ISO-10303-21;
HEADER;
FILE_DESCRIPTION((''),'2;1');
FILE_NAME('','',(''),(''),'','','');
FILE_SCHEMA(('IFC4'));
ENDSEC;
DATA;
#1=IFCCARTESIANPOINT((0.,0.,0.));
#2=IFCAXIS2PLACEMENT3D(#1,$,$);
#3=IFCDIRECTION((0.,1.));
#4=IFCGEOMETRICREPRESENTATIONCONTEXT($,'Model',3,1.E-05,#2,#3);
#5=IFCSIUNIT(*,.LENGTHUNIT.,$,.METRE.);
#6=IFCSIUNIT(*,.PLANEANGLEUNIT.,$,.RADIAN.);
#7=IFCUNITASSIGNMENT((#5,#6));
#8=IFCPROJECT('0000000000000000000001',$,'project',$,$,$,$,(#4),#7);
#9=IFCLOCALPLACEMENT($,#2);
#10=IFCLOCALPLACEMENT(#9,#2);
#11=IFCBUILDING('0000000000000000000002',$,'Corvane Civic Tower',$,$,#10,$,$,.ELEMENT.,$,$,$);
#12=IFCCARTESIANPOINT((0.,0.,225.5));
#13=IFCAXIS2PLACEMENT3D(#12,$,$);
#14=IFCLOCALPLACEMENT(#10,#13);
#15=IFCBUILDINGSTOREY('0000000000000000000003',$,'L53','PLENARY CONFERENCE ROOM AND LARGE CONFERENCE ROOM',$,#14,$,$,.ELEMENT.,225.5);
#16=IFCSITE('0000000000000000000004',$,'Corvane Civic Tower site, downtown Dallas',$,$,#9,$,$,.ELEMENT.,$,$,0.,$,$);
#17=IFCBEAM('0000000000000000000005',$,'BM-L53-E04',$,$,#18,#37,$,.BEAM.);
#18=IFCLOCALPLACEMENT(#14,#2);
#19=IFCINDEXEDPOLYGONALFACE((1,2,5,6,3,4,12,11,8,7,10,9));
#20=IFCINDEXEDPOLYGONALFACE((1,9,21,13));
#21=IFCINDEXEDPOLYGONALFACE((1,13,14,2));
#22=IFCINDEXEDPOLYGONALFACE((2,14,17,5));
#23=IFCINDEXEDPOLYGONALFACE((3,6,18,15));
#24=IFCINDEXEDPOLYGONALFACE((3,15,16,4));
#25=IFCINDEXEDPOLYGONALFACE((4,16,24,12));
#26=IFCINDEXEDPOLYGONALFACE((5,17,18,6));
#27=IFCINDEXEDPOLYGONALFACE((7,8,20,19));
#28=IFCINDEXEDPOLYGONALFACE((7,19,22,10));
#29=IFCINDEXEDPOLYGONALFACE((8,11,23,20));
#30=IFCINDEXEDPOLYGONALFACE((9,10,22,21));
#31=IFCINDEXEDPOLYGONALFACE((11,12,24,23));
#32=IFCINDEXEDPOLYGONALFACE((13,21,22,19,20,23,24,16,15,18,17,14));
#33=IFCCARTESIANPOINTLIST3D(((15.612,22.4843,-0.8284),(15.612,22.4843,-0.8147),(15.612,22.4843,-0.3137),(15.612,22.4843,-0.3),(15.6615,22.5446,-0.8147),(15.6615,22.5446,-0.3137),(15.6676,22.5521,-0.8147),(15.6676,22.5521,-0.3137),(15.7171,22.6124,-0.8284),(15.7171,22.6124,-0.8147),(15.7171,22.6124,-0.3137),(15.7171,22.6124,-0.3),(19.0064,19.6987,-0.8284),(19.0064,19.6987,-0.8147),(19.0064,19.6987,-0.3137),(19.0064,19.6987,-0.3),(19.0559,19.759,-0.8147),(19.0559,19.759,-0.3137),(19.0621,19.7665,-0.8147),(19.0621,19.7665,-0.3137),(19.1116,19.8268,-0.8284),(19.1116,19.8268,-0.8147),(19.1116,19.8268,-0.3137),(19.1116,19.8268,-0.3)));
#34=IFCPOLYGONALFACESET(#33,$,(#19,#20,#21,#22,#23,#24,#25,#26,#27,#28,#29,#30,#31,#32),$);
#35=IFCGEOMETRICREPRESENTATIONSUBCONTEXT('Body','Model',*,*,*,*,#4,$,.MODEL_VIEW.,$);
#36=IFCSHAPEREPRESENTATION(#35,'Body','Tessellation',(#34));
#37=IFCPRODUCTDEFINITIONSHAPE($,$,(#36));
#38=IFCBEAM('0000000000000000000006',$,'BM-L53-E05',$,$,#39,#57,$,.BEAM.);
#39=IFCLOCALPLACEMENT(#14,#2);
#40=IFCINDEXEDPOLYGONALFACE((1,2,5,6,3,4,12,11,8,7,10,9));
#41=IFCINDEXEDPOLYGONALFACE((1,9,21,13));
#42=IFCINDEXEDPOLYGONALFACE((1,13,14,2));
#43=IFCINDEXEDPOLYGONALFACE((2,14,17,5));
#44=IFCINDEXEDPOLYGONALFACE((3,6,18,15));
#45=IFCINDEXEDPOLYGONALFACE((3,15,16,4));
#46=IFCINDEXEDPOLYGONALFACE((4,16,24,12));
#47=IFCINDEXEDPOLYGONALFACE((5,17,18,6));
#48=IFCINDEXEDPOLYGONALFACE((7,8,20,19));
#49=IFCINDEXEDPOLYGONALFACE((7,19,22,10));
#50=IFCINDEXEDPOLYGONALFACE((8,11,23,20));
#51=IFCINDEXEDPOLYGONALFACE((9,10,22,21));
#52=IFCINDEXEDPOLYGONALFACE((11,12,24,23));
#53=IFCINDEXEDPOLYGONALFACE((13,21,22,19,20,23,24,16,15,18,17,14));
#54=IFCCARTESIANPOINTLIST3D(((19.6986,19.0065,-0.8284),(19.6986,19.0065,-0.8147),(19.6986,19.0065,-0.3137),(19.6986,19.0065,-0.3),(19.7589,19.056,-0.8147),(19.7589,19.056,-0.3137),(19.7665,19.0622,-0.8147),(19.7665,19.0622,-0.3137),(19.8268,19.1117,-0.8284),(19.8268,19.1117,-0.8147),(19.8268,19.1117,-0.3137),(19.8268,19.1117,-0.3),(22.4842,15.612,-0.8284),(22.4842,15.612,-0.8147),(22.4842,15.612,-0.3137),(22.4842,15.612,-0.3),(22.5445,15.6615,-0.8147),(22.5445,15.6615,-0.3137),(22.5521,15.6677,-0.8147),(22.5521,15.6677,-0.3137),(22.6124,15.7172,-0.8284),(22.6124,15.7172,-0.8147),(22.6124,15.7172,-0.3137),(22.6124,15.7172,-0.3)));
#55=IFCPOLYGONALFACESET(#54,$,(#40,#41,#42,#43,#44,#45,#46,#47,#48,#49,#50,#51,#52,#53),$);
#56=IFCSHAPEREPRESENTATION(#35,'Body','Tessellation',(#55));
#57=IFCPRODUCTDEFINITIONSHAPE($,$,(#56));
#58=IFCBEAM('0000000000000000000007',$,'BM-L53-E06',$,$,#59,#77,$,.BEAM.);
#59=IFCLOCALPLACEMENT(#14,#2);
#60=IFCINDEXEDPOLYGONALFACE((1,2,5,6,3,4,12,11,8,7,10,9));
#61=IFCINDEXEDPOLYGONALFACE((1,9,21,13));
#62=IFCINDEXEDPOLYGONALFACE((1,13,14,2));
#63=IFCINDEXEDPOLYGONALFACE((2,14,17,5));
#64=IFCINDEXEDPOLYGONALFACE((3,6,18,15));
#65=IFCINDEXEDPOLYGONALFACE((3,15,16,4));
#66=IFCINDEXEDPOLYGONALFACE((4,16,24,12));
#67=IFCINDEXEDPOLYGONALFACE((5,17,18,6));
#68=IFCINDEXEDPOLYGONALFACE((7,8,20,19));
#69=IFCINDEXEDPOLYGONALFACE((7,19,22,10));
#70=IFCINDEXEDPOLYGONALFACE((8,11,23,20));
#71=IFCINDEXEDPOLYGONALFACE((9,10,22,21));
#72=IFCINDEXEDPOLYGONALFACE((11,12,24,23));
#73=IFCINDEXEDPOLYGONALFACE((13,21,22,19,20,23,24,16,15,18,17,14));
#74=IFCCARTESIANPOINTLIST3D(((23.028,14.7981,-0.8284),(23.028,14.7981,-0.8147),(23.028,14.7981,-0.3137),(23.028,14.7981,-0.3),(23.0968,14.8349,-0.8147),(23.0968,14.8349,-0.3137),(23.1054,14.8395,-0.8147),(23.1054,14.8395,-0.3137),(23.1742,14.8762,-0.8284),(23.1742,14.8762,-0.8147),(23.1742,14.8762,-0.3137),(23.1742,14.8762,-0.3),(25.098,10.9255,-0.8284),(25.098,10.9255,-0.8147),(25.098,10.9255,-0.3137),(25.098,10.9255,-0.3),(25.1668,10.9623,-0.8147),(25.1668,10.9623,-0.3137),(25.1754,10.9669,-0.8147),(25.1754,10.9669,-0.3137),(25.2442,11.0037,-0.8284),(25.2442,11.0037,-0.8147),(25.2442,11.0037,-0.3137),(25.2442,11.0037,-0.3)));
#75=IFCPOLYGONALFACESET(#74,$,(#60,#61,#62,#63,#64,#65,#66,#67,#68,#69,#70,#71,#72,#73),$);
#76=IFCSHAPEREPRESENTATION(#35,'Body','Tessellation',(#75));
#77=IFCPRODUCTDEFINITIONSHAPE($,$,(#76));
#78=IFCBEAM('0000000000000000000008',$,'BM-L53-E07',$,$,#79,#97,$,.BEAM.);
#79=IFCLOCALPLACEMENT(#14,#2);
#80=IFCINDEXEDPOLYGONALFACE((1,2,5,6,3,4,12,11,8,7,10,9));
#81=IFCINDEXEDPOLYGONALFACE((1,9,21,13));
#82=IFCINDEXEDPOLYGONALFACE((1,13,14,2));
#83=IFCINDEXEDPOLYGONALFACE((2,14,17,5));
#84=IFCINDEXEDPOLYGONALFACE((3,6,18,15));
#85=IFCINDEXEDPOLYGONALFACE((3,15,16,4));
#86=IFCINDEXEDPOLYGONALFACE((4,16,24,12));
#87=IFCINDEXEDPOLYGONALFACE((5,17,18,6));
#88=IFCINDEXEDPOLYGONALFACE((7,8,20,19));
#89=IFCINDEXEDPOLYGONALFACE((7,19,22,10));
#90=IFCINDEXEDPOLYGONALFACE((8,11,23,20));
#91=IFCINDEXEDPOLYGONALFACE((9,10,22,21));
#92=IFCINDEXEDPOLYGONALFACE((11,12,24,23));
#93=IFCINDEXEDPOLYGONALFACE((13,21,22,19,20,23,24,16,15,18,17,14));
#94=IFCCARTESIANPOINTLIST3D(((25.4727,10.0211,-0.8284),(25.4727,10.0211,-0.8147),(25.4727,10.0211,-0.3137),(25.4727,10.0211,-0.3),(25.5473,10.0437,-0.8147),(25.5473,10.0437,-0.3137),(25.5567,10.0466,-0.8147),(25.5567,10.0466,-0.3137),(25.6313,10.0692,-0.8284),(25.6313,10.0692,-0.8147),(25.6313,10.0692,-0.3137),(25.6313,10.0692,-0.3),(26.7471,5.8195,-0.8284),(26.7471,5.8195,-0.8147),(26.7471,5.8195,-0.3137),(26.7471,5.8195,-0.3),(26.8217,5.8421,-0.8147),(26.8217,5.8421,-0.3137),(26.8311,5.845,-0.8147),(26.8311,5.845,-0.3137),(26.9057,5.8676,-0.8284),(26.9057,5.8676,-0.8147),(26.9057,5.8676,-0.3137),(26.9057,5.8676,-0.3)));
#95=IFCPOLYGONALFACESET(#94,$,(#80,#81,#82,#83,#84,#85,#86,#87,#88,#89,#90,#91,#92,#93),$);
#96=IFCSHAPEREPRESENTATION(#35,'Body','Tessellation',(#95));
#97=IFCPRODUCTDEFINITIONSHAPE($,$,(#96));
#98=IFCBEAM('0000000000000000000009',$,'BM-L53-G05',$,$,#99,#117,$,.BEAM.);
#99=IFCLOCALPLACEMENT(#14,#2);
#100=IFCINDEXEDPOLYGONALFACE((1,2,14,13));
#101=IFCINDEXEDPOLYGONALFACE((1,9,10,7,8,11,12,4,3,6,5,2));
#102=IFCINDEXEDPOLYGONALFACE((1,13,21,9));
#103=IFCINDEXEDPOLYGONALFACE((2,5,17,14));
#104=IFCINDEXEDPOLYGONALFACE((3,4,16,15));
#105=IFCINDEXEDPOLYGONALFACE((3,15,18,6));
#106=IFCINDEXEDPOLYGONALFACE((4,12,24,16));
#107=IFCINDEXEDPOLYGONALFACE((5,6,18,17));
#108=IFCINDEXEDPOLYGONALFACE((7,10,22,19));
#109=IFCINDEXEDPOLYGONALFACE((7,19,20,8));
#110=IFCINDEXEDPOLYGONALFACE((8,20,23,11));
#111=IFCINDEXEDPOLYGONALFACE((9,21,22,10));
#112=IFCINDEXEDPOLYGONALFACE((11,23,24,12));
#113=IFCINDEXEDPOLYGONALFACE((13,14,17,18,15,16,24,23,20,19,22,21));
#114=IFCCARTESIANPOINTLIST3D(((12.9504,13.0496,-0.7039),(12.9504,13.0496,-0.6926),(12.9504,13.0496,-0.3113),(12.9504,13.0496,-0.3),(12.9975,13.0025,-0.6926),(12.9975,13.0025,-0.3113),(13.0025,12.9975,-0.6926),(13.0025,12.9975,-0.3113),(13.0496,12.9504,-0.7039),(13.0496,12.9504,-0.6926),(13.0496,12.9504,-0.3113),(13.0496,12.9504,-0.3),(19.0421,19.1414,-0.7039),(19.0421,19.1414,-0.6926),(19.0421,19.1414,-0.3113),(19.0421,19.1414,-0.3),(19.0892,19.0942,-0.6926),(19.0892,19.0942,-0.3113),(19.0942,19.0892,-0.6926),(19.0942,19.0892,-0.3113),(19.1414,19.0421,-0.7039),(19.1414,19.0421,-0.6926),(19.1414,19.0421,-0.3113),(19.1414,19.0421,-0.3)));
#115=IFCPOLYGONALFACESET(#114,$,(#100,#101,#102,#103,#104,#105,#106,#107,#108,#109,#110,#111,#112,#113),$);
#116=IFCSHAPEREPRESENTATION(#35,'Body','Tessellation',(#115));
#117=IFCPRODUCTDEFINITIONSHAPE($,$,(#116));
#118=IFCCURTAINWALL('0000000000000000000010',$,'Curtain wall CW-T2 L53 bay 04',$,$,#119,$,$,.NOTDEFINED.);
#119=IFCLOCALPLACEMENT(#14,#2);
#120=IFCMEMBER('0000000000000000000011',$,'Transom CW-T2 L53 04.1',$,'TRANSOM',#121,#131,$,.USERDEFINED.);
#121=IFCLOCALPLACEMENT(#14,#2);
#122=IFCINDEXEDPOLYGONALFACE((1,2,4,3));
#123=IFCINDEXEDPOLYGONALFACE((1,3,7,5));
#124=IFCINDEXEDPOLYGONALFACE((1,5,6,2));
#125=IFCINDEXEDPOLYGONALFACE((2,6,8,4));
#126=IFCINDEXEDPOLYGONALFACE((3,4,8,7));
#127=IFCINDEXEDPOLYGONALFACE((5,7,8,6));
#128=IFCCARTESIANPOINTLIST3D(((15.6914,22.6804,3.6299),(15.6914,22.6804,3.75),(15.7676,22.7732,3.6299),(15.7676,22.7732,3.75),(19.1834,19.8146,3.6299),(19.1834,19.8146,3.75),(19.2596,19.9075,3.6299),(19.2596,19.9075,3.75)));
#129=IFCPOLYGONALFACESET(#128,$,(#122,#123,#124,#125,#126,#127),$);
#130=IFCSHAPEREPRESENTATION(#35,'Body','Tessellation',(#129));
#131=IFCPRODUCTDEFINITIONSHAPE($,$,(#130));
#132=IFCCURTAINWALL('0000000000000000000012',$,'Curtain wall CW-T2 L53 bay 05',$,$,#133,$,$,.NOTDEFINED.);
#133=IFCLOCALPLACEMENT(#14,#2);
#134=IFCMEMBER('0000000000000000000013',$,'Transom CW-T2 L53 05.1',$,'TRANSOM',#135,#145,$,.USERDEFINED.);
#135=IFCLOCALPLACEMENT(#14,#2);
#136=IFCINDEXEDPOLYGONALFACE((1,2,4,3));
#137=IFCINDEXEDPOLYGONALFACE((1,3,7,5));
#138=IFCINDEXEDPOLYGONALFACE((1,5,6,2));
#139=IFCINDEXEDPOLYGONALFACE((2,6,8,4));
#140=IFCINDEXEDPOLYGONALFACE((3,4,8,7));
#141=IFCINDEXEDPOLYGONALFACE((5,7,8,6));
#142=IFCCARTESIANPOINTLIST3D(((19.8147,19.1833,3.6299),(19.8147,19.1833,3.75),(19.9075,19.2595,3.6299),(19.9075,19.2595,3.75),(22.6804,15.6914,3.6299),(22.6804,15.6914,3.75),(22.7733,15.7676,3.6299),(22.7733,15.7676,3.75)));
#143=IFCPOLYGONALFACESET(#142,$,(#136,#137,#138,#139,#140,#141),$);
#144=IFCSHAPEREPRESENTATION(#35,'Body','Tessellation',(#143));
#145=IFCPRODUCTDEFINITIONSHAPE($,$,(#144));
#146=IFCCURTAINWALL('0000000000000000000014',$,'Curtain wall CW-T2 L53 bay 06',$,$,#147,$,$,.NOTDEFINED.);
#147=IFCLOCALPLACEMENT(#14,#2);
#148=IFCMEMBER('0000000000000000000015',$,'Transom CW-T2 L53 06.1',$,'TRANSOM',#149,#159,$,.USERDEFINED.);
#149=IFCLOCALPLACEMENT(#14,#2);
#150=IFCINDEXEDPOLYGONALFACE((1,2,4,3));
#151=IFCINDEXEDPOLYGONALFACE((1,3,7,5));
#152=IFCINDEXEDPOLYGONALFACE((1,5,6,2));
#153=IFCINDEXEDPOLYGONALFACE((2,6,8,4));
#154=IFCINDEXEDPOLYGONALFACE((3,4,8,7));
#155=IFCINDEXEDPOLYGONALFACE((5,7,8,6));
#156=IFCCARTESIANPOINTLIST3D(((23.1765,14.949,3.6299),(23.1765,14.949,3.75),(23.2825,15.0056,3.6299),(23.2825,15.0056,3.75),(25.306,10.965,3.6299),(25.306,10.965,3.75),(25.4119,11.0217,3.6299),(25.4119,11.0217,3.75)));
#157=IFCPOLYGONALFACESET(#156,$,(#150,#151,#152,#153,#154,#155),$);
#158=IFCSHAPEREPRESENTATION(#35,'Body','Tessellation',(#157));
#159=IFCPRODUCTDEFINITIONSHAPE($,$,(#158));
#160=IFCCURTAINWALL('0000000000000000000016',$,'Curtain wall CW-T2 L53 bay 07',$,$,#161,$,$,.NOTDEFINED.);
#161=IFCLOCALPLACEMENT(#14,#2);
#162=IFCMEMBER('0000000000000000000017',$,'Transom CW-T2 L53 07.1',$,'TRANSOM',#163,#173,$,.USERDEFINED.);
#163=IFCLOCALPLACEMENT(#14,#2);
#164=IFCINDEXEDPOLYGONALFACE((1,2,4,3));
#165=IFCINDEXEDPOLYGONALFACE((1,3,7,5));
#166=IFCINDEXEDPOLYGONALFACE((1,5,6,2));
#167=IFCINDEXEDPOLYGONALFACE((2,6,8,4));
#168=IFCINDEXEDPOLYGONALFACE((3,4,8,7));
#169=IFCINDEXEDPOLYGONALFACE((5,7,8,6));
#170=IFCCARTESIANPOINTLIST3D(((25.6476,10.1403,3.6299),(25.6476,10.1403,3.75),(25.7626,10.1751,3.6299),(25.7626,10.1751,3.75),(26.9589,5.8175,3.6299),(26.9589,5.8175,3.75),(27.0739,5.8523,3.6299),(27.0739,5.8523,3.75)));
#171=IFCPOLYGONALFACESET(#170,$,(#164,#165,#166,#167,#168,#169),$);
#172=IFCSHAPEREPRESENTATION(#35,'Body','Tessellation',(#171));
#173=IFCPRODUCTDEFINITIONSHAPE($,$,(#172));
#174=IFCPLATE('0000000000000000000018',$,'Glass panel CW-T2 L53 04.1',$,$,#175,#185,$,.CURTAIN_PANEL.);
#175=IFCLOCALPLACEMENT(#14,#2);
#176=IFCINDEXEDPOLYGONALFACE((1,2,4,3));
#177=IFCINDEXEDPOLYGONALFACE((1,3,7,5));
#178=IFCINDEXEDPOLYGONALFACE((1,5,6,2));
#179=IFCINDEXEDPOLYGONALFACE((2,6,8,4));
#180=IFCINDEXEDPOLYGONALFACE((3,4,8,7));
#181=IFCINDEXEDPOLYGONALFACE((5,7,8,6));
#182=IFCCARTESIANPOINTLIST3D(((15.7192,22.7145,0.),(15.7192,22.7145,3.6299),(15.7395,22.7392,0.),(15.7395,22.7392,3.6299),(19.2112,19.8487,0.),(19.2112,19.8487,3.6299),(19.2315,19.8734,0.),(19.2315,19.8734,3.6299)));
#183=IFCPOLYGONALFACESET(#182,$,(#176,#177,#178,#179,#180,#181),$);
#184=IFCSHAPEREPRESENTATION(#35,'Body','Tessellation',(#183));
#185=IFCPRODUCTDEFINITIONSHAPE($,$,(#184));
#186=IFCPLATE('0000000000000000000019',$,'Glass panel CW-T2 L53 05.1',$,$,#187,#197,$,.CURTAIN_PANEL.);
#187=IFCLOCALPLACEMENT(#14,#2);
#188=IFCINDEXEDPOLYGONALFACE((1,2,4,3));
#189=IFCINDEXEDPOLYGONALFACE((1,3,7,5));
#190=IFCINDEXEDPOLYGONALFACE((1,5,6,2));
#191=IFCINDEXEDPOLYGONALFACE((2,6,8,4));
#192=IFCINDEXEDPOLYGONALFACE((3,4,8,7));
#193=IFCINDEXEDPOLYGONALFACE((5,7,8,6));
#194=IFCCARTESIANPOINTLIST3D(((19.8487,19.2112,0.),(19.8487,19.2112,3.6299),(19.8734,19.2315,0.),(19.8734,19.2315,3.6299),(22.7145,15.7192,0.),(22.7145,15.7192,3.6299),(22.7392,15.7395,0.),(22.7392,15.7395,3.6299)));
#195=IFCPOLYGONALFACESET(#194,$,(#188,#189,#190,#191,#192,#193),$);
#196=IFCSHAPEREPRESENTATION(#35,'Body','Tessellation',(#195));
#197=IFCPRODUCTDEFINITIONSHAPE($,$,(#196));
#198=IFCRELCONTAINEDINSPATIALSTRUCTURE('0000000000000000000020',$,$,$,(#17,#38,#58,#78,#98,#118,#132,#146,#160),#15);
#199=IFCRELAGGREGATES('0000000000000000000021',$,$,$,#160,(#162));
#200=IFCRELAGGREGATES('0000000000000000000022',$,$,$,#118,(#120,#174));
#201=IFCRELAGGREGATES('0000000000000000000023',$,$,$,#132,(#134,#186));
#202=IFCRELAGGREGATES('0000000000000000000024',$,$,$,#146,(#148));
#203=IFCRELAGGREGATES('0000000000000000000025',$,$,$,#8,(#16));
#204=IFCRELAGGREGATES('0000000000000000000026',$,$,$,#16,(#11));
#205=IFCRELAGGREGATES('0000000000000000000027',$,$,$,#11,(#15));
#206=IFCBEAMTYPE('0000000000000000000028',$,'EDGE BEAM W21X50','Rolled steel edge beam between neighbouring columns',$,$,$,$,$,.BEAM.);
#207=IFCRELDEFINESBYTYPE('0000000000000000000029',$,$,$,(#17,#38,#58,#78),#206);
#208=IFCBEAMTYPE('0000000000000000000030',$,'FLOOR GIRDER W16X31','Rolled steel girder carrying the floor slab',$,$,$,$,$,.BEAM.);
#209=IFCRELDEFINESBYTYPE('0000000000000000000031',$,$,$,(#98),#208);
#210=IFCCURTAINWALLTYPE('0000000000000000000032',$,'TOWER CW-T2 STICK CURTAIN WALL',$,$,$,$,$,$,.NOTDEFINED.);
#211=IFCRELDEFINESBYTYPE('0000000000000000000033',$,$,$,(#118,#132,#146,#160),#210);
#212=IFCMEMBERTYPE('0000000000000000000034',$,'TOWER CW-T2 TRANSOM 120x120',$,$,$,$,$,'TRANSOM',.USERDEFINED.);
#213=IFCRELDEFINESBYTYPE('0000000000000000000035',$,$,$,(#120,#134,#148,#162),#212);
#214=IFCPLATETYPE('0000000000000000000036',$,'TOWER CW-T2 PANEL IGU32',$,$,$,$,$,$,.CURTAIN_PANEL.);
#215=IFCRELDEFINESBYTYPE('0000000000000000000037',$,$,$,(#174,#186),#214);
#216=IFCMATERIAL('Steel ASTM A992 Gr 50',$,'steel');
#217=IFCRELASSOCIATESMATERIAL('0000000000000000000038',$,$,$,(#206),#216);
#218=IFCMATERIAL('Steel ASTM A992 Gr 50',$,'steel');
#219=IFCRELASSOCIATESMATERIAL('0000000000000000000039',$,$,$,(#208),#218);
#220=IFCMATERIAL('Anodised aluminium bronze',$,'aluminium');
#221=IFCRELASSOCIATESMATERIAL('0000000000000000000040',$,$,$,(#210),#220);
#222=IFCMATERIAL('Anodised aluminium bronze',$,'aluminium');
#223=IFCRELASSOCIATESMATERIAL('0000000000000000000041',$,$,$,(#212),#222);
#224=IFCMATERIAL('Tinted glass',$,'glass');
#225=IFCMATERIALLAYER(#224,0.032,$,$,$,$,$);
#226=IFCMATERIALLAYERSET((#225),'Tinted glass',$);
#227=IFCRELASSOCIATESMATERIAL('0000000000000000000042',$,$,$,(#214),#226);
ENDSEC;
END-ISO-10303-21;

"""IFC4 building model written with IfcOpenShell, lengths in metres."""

from ifc_helpers import new_model, si_unit, direction, frame, origin, origin_2d, place, context, subcontext, project, spatial, rectangle, i_section, extrude, material, layer, layer_set, material_profile, profile_set, type_object, element, aggregate, save


model = new_model("IFC4")

# Units and contexts
model_context = context("Model", 3, precision=1e-05, world=origin(), true_north=direction((0.0, 1.0)))
body_context = subcontext(model_context, "Body", "Model", "MODEL_VIEW")
ifc_project = project(units=[si_unit("LENGTHUNIT", "METRE"), si_unit("PLANEANGLEUNIT", "RADIAN")], contexts=[model_context])

# Site, building, storey
site_placement = place(None, origin())
site = spatial("IfcSite", under=ifc_project, at=site_placement, Name="Corvane Civic Tower site, downtown Dallas", CompositionType="ELEMENT", RefElevation=0.0)
building_placement = place(site_placement, origin())
building = spatial("IfcBuilding", under=site, at=building_placement, Name="Corvane Civic Tower", CompositionType="ELEMENT")
storey_placement = place(building_placement, frame((0.0, 0.0, 225.5)))
storey = spatial("IfcBuildingStorey", under=building, at=storey_placement, Name="L53", Description="PLENARY CONFERENCE ROOM AND LARGE CONFERENCE ROOM", CompositionType="ELEMENT", Elevation=225.5)

# Beams
ifc_material_1 = material(Name="Steel ASTM A992 Gr 50", Category="steel")
ifc_material_profile_1 = material_profile(ifc_material_1, i_section(OverallWidth=0.1658, OverallDepth=0.5283, WebThickness=0.0098, FlangeThickness=0.0137, at=origin_2d()), Name="W21X50")
ifc_profile_set_1 = profile_set([ifc_material_profile_1], Name="Steel ASTM A992 Gr 50")
beam_type_1 = type_object("IfcBeamType", Name="EDGE BEAM W21X50", Description="Rolled steel edge beam between neighbouring columns", PredefinedType="BEAM", material=ifc_profile_set_1)
for number, where, z_axis, x_axis, name in (
    (1, (15.6646, 22.5483, -0.5642), (0.77303, -0.634369, 0.0), (0.634369, 0.77303, 0.0), "BM-L53-E04"),
    (2, (19.7627, 19.0591, -0.5642), (0.634369, -0.77303, 0.0), (0.77303, 0.634369, 0.0), "BM-L53-E05"),
    (3, (23.1011, 14.8372, -0.5642), (0.471422, -0.881908, 0.0), (0.881908, 0.471422, 0.0), "BM-L53-E06"),
):
    element("IfcBeam", number, at=place(storey_placement, frame(where, z_axis=z_axis, x_axis=x_axis)), inside=storey, type_object=beam_type_1, Name=name, PredefinedType="BEAM", context=body_context, shape_type="SweptSolid", body=[
        extrude(i_section(OverallWidth=0.1658, OverallDepth=0.5283, WebThickness=0.0098, FlangeThickness=0.0137, at=origin_2d()), origin(), (0.0, 0.0, 1.0), 4.3911),
    ])
beam_1_placement = place(storey_placement, frame((25.552, 10.0452, -0.5642), z_axis=(0.290254, -0.95695, 0.0), x_axis=(0.95695, 0.290254, 0.0)))
element("IfcBeam", 4, at=beam_1_placement, inside=storey, type_object=beam_type_1, Name="BM-L53-E07", PredefinedType="BEAM", context=body_context, shape_type="SweptSolid", body=[
    extrude(i_section(OverallWidth=0.1658, OverallDepth=0.5283, WebThickness=0.0098, FlangeThickness=0.0137, at=origin_2d()), origin(), (0.0, 0.0, 1.0), 4.3906),
])
ifc_material_2 = material(Name="Steel ASTM A992 Gr 50", Category="steel")
ifc_material_profile_2 = material_profile(ifc_material_2, i_section(OverallWidth=0.1404, OverallDepth=0.4038, WebThickness=0.0071, FlangeThickness=0.0112, at=origin_2d()), Name="W16X31")
ifc_profile_set_2 = profile_set([ifc_material_profile_2], Name="Steel ASTM A992 Gr 50")
beam_type_2 = type_object("IfcBeamType", Name="FLOOR GIRDER W16X31", Description="Rolled steel girder carrying the floor slab", PredefinedType="BEAM", material=ifc_profile_set_2)
beam_2_placement = place(storey_placement, frame((13.0, 13.0, -0.502), z_axis=(0.707107, 0.707107, 0.0), x_axis=(-0.707107, 0.707107, 0.0)))
element("IfcBeam", 5, at=beam_2_placement, inside=storey, type_object=beam_type_2, Name="BM-L53-G05", PredefinedType="BEAM", context=body_context, shape_type="SweptSolid", body=[
    extrude(i_section(OverallWidth=0.1404, OverallDepth=0.4038, WebThickness=0.0071, FlangeThickness=0.0112, at=origin_2d()), origin(), (0.0, 0.0, 1.0), 8.615),
])

# Curtain walls, members
ifc_material_3 = material(Name="Anodised aluminium bronze", Category="aluminium")
curtain_wall_type = type_object("IfcCurtainWallType", Name="TOWER CW-T2 STICK CURTAIN WALL", PredefinedType="NOTDEFINED", material=ifc_material_3)
curtain_wall_1_placement = place(storey_placement, origin())
curtain_wall_1 = element("IfcCurtainWall", 6, at=curtain_wall_1_placement, inside=storey, type_object=curtain_wall_type, Name="Curtain wall CW-T2 L53 bay 04", PredefinedType="NOTDEFINED")
ifc_material_4 = material(Name="Anodised aluminium bronze", Category="aluminium")
ifc_material_profile_3 = material_profile(ifc_material_4, rectangle(XDim=0.1201, YDim=0.1201, at=origin_2d()), Name="TOWER CW-T2 TRANSOM 120x120")
ifc_profile_set_3 = profile_set([ifc_material_profile_3], Name="Anodised aluminium bronze")
member_type = type_object("IfcMemberType", Name="TOWER CW-T2 TRANSOM 120x120", ElementType="TRANSOM", PredefinedType="USERDEFINED", material=ifc_profile_set_3)
member_1_placement = place(storey_placement, frame((15.7295, 22.7268, 3.6899), z_axis=(0.773015, -0.634388, 0.0), x_axis=(0.634388, 0.773015, 0.0)))
member_1 = element("IfcMember", 7, at=member_1_placement, type_object=member_type, Name="Transom CW-T2 L53 04.1", ObjectType="TRANSOM", PredefinedType="USERDEFINED", context=body_context, shape_type="SweptSolid", body=[
    extrude(rectangle(XDim=0.1201, YDim=0.1201, at=origin_2d()), origin(), (0.0, 0.0, 1.0), 4.5173),
])
curtain_wall_2_placement = place(storey_placement, origin())
curtain_wall_2 = element("IfcCurtainWall", 8, at=curtain_wall_2_placement, inside=storey, type_object=curtain_wall_type, Name="Curtain wall CW-T2 L53 bay 05", PredefinedType="NOTDEFINED")
member_2_placement = place(storey_placement, frame((19.8611, 19.2214, 3.6899), z_axis=(0.634388, -0.773015, 0.0), x_axis=(0.773015, 0.634388, 0.0)))
member_2 = element("IfcMember", 9, at=member_2_placement, type_object=member_type, Name="Transom CW-T2 L53 05.1", ObjectType="TRANSOM", PredefinedType="USERDEFINED", context=body_context, shape_type="SweptSolid", body=[
    extrude(rectangle(XDim=0.1201, YDim=0.1201, at=origin_2d()), origin(), (0.0, 0.0, 1.0), 4.5173),
])
curtain_wall_3_placement = place(storey_placement, origin())
curtain_wall_3 = element("IfcCurtainWall", 10, at=curtain_wall_3_placement, inside=storey, type_object=curtain_wall_type, Name="Curtain wall CW-T2 L53 bay 06", PredefinedType="NOTDEFINED")
member_3_placement = place(storey_placement, frame((23.2295, 14.9773, 3.6899), z_axis=(0.47139, -0.881925, 0.0), x_axis=(0.881925, 0.47139, 0.0)))
member_3 = element("IfcMember", 11, at=member_3_placement, type_object=member_type, Name="Transom CW-T2 L53 06.1", ObjectType="TRANSOM", PredefinedType="USERDEFINED", context=body_context, shape_type="SweptSolid", body=[
    extrude(rectangle(XDim=0.1201, YDim=0.1201, at=origin_2d()), origin(), (0.0, 0.0, 1.0), 4.5173),
])
curtain_wall_4_placement = place(storey_placement, origin())
curtain_wall_4 = element("IfcCurtainWall", 12, at=curtain_wall_4_placement, inside=storey, type_object=curtain_wall_type, Name="Curtain wall CW-T2 L53 bay 07", PredefinedType="NOTDEFINED")
member_4_placement = place(storey_placement, frame((25.7051, 10.1577, 3.6899), z_axis=(0.290282, -0.956941, 0.0), x_axis=(0.956941, 0.290282, 0.0)))
member_4 = element("IfcMember", 13, at=member_4_placement, type_object=member_type, Name="Transom CW-T2 L53 07.1", ObjectType="TRANSOM", PredefinedType="USERDEFINED", context=body_context, shape_type="SweptSolid", body=[
    extrude(rectangle(XDim=0.1201, YDim=0.1201, at=origin_2d()), origin(), (0.0, 0.0, 1.0), 4.5173),
])
aggregate(curtain_wall_4, [member_4])

# Plates
ifc_material_5 = material(Name="Tinted glass", Category="glass")
ifc_layer_1 = layer(ifc_material_5, 0.032)
ifc_layer_set_1 = layer_set([ifc_layer_1], Name="Tinted glass")
plate_type = type_object("IfcPlateType", Name="TOWER CW-T2 PANEL IGU32", PredefinedType="CURTAIN_PANEL", material=ifc_layer_set_1)
plate_1_placement = place(storey_placement, frame((17.4753, 21.2939, 0.0), z_axis=(0.0, 0.0, 1.0), x_axis=(0.773012, -0.634391, 0.0)))
plate_1 = element("IfcPlate", 14, at=plate_1_placement, type_object=plate_type, Name="Glass panel CW-T2 L53 04.1", PredefinedType="CURTAIN_PANEL", context=body_context, shape_type="SweptSolid", body=[
    extrude(rectangle(XDim=4.5173, YDim=0.032, at=origin_2d()), origin(), (0.0, 0.0, 1.0), 3.6299),
])
aggregate(curtain_wall_1, [member_1, plate_1])
plate_2_placement = place(storey_placement, frame((21.2939, 17.4753, 0.0), z_axis=(0.0, 0.0, 1.0), x_axis=(0.634391, -0.773012, 0.0)))
plate_2 = element("IfcPlate", 15, at=plate_2_placement, type_object=plate_type, Name="Glass panel CW-T2 L53 05.1", PredefinedType="CURTAIN_PANEL", context=body_context, shape_type="SweptSolid", body=[
    extrude(rectangle(XDim=4.5173, YDim=0.032, at=origin_2d()), origin(), (0.0, 0.0, 1.0), 3.6299),
])
aggregate(curtain_wall_2, [member_2, plate_2])
aggregate(curtain_wall_3, [member_3])

save(model, "model.ifc")
